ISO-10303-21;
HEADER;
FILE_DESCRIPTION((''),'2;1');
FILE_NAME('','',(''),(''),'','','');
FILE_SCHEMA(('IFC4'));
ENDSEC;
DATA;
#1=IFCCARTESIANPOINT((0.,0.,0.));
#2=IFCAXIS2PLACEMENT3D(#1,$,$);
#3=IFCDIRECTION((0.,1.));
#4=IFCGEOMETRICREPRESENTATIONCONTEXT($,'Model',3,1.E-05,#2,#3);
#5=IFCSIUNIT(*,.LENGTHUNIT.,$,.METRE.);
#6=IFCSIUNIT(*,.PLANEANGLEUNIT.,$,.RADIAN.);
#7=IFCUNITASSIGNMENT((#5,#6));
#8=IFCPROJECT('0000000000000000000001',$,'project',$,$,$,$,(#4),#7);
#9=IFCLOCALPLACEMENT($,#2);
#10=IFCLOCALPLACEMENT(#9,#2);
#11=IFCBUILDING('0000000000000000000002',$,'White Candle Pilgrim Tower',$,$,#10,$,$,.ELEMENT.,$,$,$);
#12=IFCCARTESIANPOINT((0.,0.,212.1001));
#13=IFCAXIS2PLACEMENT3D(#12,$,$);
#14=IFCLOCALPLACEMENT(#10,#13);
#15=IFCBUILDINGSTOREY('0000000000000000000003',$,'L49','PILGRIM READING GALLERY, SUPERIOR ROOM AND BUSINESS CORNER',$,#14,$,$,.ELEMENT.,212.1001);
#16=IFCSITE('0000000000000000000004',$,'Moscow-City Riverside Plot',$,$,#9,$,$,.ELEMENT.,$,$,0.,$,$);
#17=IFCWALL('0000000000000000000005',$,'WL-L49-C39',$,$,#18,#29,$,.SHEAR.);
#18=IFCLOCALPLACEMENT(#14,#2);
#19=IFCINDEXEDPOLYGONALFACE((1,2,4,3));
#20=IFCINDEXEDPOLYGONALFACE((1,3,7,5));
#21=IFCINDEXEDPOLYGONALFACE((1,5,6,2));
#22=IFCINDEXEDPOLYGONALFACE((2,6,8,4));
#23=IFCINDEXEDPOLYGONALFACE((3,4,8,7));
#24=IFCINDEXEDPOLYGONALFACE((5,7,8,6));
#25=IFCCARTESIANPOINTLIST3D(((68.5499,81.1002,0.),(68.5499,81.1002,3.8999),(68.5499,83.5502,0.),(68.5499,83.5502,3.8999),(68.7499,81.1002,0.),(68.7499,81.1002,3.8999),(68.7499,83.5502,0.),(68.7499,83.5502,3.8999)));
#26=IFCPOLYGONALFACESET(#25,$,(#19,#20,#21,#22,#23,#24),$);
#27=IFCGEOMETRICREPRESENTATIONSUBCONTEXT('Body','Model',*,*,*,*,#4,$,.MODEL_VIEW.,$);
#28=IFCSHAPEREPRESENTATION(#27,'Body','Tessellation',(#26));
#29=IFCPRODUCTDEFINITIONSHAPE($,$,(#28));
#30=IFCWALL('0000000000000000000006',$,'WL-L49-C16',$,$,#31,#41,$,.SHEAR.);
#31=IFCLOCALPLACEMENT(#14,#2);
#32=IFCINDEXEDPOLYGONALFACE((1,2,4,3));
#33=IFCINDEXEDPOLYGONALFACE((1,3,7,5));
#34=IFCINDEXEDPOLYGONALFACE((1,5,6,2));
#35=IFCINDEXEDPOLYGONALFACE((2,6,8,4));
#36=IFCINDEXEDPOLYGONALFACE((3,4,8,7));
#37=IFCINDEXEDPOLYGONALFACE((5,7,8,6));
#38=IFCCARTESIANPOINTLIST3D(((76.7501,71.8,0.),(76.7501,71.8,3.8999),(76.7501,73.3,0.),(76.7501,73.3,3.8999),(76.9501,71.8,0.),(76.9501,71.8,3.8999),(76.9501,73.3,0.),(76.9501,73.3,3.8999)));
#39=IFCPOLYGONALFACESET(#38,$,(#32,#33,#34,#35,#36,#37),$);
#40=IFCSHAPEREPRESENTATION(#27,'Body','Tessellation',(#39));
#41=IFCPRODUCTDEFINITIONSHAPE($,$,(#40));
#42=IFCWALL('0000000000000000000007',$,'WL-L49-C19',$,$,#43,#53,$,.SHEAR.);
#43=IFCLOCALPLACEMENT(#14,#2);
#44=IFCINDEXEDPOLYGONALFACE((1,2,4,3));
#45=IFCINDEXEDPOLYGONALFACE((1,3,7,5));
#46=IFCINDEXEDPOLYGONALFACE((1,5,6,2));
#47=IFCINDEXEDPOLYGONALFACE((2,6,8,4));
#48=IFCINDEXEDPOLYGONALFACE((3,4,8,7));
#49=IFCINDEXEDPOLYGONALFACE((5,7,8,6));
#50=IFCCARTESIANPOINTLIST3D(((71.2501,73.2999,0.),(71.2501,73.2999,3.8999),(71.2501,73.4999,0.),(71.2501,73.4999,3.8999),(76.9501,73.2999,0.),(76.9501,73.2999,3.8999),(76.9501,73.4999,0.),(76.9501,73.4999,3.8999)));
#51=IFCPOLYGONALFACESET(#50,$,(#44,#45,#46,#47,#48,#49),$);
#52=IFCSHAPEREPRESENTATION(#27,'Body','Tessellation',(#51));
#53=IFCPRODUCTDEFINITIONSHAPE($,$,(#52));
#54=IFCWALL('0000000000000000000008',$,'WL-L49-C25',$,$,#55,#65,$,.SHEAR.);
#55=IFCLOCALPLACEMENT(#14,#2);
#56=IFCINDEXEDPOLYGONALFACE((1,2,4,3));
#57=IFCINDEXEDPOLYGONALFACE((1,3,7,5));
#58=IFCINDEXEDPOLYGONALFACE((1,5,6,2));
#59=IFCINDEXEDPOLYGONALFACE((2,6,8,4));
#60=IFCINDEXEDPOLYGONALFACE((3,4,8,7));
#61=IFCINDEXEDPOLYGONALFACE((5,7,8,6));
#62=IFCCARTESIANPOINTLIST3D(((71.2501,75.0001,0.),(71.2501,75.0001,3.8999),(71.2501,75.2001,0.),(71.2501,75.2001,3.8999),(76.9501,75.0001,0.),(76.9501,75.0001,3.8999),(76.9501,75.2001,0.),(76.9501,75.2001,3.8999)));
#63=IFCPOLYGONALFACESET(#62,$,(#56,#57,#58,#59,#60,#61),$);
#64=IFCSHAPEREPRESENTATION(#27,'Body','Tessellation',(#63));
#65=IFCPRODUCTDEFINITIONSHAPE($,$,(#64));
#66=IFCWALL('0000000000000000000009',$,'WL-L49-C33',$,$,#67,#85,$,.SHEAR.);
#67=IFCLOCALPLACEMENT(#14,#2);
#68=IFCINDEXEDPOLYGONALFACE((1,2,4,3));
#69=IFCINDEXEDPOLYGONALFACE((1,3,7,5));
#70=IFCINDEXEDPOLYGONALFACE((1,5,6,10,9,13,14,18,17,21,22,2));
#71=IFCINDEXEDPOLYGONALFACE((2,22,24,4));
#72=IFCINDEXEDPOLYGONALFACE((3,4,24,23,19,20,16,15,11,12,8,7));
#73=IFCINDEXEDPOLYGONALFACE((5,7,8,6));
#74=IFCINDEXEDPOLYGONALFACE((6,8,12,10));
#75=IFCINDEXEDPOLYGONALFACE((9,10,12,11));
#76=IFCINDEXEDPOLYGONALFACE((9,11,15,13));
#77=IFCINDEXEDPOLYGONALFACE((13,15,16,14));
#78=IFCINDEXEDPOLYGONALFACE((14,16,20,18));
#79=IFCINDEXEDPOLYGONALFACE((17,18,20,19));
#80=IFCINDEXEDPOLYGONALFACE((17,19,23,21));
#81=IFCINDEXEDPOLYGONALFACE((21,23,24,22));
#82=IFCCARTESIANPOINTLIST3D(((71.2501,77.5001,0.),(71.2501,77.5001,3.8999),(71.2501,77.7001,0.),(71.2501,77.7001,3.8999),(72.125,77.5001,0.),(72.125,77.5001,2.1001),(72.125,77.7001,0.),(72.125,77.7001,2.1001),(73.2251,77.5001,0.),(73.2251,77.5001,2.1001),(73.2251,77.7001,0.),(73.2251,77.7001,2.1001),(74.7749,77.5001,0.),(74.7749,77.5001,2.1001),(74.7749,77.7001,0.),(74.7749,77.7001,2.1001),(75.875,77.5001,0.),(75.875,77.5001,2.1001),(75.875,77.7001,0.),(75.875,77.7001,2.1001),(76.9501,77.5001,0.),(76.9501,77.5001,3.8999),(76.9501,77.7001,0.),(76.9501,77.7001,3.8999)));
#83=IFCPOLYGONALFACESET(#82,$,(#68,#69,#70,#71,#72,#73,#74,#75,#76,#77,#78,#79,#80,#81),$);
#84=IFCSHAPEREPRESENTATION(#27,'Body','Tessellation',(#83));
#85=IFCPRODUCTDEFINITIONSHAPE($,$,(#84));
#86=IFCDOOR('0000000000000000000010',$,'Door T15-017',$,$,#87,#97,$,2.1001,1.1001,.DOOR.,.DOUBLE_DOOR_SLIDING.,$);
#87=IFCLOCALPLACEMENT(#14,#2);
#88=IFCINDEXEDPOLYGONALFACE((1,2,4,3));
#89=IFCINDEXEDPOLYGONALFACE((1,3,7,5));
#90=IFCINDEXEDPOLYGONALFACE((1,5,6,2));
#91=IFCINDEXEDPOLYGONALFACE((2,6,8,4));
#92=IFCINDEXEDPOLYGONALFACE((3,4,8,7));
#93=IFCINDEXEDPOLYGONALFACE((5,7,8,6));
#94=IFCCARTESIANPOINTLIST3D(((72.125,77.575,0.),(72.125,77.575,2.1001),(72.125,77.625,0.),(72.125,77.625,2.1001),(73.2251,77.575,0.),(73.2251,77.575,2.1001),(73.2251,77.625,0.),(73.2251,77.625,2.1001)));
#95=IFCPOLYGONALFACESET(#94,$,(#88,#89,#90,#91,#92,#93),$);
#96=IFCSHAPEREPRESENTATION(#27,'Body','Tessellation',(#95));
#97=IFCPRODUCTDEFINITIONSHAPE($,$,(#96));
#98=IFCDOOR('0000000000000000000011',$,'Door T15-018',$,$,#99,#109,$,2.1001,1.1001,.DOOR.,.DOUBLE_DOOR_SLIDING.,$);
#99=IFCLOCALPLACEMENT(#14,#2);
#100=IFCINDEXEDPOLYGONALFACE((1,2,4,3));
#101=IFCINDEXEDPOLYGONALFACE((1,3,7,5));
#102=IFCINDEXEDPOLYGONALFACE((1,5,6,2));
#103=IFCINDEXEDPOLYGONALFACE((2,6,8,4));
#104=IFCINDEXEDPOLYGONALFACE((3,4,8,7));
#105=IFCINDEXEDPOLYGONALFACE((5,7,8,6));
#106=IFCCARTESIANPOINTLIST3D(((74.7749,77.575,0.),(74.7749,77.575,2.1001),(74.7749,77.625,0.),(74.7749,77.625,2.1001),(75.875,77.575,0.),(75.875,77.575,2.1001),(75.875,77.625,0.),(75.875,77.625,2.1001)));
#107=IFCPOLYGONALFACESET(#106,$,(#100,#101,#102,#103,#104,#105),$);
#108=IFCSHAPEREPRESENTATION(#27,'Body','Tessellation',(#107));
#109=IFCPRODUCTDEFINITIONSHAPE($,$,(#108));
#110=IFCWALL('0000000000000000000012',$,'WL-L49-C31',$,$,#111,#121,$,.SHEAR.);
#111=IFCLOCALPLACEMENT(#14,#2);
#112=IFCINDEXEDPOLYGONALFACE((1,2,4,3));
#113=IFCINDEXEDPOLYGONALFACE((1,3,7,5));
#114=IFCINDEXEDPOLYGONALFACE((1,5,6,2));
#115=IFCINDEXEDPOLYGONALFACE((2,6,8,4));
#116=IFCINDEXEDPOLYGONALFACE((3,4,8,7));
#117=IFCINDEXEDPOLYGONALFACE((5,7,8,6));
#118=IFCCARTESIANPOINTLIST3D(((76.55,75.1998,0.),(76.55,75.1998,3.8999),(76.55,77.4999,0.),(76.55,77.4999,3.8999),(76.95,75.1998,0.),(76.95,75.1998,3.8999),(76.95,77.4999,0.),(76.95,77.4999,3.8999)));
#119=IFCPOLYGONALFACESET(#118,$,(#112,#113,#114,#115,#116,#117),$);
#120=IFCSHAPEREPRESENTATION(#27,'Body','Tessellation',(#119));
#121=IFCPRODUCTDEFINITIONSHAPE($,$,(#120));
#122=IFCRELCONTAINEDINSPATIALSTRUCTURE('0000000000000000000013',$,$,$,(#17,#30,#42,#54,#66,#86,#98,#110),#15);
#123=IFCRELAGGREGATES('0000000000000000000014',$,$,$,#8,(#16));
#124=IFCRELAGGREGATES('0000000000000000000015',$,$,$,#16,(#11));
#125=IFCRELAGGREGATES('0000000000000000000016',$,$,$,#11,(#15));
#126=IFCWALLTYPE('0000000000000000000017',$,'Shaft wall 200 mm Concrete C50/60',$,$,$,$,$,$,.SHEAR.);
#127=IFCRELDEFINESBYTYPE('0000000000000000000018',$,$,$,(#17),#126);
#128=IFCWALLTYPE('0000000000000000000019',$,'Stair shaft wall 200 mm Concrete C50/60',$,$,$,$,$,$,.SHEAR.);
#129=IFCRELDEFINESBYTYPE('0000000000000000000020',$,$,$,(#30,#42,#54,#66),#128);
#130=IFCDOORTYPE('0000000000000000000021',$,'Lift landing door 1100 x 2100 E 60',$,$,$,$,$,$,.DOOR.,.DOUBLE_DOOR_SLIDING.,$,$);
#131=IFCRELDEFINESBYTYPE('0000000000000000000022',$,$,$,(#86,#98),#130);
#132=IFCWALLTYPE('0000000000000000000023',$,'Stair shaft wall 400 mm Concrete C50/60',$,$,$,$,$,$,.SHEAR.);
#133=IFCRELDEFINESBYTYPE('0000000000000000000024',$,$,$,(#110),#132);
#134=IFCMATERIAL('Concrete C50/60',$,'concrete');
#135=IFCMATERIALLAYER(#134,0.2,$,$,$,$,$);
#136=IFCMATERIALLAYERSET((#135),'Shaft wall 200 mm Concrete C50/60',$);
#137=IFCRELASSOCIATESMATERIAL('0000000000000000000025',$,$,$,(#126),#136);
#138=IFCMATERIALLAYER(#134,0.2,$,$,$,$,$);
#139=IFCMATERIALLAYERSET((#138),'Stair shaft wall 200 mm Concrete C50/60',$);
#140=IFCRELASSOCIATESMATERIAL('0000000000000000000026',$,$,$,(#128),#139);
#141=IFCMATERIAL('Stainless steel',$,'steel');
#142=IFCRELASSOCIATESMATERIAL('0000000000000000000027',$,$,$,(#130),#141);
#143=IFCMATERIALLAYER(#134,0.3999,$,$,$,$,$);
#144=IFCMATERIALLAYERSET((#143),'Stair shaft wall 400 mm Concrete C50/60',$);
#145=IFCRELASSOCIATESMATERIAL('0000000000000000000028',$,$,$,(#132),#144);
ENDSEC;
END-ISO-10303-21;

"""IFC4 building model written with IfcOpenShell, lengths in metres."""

from ifc_helpers import new_model, si_unit, direction, frame, frame_2d, origin, place, context, subcontext, project, spatial, rectangle, extrude, material, layer, layer_set, type_object, element, fill, save


model = new_model("IFC4")

# Units and contexts
model_context = context("Model", 3, precision=1e-05, world=origin(), true_north=direction((0.0, 1.0)))
body_context = subcontext(model_context, "Body", "Model", "MODEL_VIEW")
ifc_project = project(units=[si_unit("LENGTHUNIT", "METRE"), si_unit("PLANEANGLEUNIT", "RADIAN")], contexts=[model_context])

# Site, building, storey
site_placement = place(None, origin())
site = spatial("IfcSite", under=ifc_project, at=site_placement, Name="Moscow-City Riverside Plot", CompositionType="ELEMENT", RefElevation=0.0)
building_placement = place(site_placement, origin())
building = spatial("IfcBuilding", under=site, at=building_placement, Name="White Candle Pilgrim Tower", CompositionType="ELEMENT")
storey_placement = place(building_placement, frame((0.0, 0.0, 212.1001)))
storey = spatial("IfcBuildingStorey", under=building, at=storey_placement, Name="L49", Description="PILGRIM READING GALLERY, SUPERIOR ROOM AND BUSINESS CORNER", CompositionType="ELEMENT", Elevation=212.1001)

# Walls
ifc_material_1 = material(Name="Concrete C50/60", Category="concrete")
ifc_layer_1 = layer(ifc_material_1, 0.2)
ifc_layer_set_1 = layer_set([ifc_layer_1], Name="Shaft wall 200 mm Concrete C50/60")
wall_type_1 = type_object("IfcWallType", Name="Shaft wall 200 mm Concrete C50/60", PredefinedType="SHEAR", material=ifc_layer_set_1)
for number, where, z_axis, x_axis, name in (
    (1, (68.6499, 81.1001, 0.0), (0.0, 0.0, 1.0), (0.0, 1.0, 0.0), "WL-L49-C39"),
):
    element("IfcWall", number, at=place(storey_placement, frame(where, z_axis=z_axis, x_axis=x_axis)), inside=storey, type_object=wall_type_1, Name=name, PredefinedType="SHEAR", context=body_context, shape_type="SweptSolid", body=[
        extrude(rectangle(XDim=2.45, YDim=0.2, at=frame_2d((1.2251, 0.0))), origin(), (0.0, 0.0, 1.0), 3.8999),
    ])
ifc_layer_2 = layer(ifc_material_1, 0.2)
ifc_layer_set_2 = layer_set([ifc_layer_2], Name="Stair shaft wall 200 mm Concrete C50/60")
wall_type_2 = type_object("IfcWallType", Name="Stair shaft wall 200 mm Concrete C50/60", PredefinedType="SHEAR", material=ifc_layer_set_2)
wall_1_placement = place(storey_placement, frame((76.8501, 71.8, 0.0), z_axis=(0.0, 0.0, 1.0), x_axis=(0.0, 1.0, 0.0)))
element("IfcWall", 2, at=wall_1_placement, inside=storey, type_object=wall_type_2, Name="WL-L49-C16", PredefinedType="SHEAR", context=body_context, shape_type="SweptSolid", body=[
    extrude(rectangle(XDim=1.5, YDim=0.2, at=frame_2d((0.75, 0.0))), origin(), (0.0, 0.0, 1.0), 3.8999),
])
for number, where, z_axis, x_axis, name in (
    (3, (71.25, 73.3999, 0.0), (0.0, 0.0, 1.0), (1.0, 0.0, 0.0), "WL-L49-C19"),
    (4, (71.25, 75.1001, 0.0), (0.0, 0.0, 1.0), (1.0, 0.0, 0.0), "WL-L49-C25"),
):
    element("IfcWall", number, at=place(storey_placement, frame(where, z_axis=z_axis, x_axis=x_axis)), inside=storey, type_object=wall_type_2, Name=name, PredefinedType="SHEAR", context=body_context, shape_type="SweptSolid", body=[
        extrude(rectangle(XDim=5.7, YDim=0.2, at=frame_2d((2.8501, 0.0))), origin(), (0.0, 0.0, 1.0), 3.8999),
    ])

# Wall, openings, doors
wall_2_placement = place(storey_placement, frame((71.25, 77.6001, 0.0), z_axis=(0.0, 0.0, 1.0), x_axis=(1.0, 0.0, 0.0)))
wall_2 = element("IfcWall", 5, at=wall_2_placement, inside=storey, type_object=wall_type_2, Name="WL-L49-C33", PredefinedType="SHEAR", context=body_context, shape_type="SweptSolid", body=[
    extrude(rectangle(XDim=5.7, YDim=0.2, at=frame_2d((2.8501, 0.0))), origin(), (0.0, 0.0, 1.0), 3.8999),
])
opening_1_placement = place(wall_2_placement, frame((0.875, 0.0, 0.0)))
opening_1 = element("IfcOpeningElement", 6, at=opening_1_placement, cuts=wall_2, PredefinedType="OPENING", context=body_context, shape_type="SweptSolid", body=[
    extrude(rectangle(XDim=1.1001, YDim=2.1001, at=frame_2d((0.55, 1.05))), frame((0.0, 0.1099, 0.0), z_axis=(0.0, -1.0, 0.0), x_axis=(1.0, 0.0, 0.0)), (0.0, 0.0, 1.0), 0.22),
])
opening_2_placement = place(wall_2_placement, frame((3.5249, 0.0, 0.0)))
opening_2 = element("IfcOpeningElement", 7, at=opening_2_placement, cuts=wall_2, PredefinedType="OPENING", context=body_context, shape_type="SweptSolid", body=[
    extrude(rectangle(XDim=1.1001, YDim=2.1001, at=frame_2d((0.55, 1.05))), frame((0.0, 0.1099, 0.0), z_axis=(0.0, -1.0, 0.0), x_axis=(1.0, 0.0, 0.0)), (0.0, 0.0, 1.0), 0.22),
])
ifc_material_2 = material(Name="Stainless steel", Category="steel")
door_type_1 = type_object("IfcDoorType", Name="Lift landing door 1100 x 2100 E 60", OperationType="DOUBLE_DOOR_SLIDING", PredefinedType="DOOR", material=ifc_material_2)
door_1_placement = place(opening_1_placement, origin())
door_1 = element("IfcDoor", 8, at=door_1_placement, inside=storey, type_object=door_type_1, Name="Door T15-017", OperationType="DOUBLE_DOOR_SLIDING", OverallHeight=2.1001, OverallWidth=1.1001, PredefinedType="DOOR", context=body_context, shape_type="SweptSolid", body=[
    extrude(rectangle(XDim=1.1001, YDim=2.1001, at=frame_2d((0.55, 1.05))), frame((0.0, 0.0249, 0.0), z_axis=(0.0, -1.0, 0.0), x_axis=(1.0, 0.0, 0.0)), (0.0, 0.0, 1.0), 0.05),
])
fill(opening_1, door_1)
door_2_placement = place(opening_2_placement, origin())
door_2 = element("IfcDoor", 9, at=door_2_placement, inside=storey, type_object=door_type_1, Name="Door T15-018", OperationType="DOUBLE_DOOR_SLIDING", OverallHeight=2.1001, OverallWidth=1.1001, PredefinedType="DOOR", context=body_context, shape_type="SweptSolid", body=[
    extrude(rectangle(XDim=1.1001, YDim=2.1001, at=frame_2d((0.55, 1.05))), frame((0.0, 0.0249, 0.0), z_axis=(0.0, -1.0, 0.0), x_axis=(1.0, 0.0, 0.0)), (0.0, 0.0, 1.0), 0.05),
])
fill(opening_2, door_2)

# Wall
ifc_layer_3 = layer(ifc_material_1, 0.3999)
ifc_layer_set_3 = layer_set([ifc_layer_3], Name="Stair shaft wall 400 mm Concrete C50/60")
wall_type_3 = type_object("IfcWallType", Name="Stair shaft wall 400 mm Concrete C50/60", PredefinedType="SHEAR", material=ifc_layer_set_3)
wall_3_placement = place(storey_placement, frame((76.75, 75.2, 0.0), z_axis=(0.0, 0.0, 1.0), x_axis=(0.0, 1.0, 0.0)))
element("IfcWall", 10, at=wall_3_placement, inside=storey, type_object=wall_type_3, Name="WL-L49-C31", PredefinedType="SHEAR", context=body_context, shape_type="SweptSolid", body=[
    extrude(rectangle(XDim=2.3, YDim=0.3999, at=frame_2d((1.1499, 0.0))), origin(), (0.0, 0.0, 1.0), 3.8999),
])

save(model, "model.ifc")
